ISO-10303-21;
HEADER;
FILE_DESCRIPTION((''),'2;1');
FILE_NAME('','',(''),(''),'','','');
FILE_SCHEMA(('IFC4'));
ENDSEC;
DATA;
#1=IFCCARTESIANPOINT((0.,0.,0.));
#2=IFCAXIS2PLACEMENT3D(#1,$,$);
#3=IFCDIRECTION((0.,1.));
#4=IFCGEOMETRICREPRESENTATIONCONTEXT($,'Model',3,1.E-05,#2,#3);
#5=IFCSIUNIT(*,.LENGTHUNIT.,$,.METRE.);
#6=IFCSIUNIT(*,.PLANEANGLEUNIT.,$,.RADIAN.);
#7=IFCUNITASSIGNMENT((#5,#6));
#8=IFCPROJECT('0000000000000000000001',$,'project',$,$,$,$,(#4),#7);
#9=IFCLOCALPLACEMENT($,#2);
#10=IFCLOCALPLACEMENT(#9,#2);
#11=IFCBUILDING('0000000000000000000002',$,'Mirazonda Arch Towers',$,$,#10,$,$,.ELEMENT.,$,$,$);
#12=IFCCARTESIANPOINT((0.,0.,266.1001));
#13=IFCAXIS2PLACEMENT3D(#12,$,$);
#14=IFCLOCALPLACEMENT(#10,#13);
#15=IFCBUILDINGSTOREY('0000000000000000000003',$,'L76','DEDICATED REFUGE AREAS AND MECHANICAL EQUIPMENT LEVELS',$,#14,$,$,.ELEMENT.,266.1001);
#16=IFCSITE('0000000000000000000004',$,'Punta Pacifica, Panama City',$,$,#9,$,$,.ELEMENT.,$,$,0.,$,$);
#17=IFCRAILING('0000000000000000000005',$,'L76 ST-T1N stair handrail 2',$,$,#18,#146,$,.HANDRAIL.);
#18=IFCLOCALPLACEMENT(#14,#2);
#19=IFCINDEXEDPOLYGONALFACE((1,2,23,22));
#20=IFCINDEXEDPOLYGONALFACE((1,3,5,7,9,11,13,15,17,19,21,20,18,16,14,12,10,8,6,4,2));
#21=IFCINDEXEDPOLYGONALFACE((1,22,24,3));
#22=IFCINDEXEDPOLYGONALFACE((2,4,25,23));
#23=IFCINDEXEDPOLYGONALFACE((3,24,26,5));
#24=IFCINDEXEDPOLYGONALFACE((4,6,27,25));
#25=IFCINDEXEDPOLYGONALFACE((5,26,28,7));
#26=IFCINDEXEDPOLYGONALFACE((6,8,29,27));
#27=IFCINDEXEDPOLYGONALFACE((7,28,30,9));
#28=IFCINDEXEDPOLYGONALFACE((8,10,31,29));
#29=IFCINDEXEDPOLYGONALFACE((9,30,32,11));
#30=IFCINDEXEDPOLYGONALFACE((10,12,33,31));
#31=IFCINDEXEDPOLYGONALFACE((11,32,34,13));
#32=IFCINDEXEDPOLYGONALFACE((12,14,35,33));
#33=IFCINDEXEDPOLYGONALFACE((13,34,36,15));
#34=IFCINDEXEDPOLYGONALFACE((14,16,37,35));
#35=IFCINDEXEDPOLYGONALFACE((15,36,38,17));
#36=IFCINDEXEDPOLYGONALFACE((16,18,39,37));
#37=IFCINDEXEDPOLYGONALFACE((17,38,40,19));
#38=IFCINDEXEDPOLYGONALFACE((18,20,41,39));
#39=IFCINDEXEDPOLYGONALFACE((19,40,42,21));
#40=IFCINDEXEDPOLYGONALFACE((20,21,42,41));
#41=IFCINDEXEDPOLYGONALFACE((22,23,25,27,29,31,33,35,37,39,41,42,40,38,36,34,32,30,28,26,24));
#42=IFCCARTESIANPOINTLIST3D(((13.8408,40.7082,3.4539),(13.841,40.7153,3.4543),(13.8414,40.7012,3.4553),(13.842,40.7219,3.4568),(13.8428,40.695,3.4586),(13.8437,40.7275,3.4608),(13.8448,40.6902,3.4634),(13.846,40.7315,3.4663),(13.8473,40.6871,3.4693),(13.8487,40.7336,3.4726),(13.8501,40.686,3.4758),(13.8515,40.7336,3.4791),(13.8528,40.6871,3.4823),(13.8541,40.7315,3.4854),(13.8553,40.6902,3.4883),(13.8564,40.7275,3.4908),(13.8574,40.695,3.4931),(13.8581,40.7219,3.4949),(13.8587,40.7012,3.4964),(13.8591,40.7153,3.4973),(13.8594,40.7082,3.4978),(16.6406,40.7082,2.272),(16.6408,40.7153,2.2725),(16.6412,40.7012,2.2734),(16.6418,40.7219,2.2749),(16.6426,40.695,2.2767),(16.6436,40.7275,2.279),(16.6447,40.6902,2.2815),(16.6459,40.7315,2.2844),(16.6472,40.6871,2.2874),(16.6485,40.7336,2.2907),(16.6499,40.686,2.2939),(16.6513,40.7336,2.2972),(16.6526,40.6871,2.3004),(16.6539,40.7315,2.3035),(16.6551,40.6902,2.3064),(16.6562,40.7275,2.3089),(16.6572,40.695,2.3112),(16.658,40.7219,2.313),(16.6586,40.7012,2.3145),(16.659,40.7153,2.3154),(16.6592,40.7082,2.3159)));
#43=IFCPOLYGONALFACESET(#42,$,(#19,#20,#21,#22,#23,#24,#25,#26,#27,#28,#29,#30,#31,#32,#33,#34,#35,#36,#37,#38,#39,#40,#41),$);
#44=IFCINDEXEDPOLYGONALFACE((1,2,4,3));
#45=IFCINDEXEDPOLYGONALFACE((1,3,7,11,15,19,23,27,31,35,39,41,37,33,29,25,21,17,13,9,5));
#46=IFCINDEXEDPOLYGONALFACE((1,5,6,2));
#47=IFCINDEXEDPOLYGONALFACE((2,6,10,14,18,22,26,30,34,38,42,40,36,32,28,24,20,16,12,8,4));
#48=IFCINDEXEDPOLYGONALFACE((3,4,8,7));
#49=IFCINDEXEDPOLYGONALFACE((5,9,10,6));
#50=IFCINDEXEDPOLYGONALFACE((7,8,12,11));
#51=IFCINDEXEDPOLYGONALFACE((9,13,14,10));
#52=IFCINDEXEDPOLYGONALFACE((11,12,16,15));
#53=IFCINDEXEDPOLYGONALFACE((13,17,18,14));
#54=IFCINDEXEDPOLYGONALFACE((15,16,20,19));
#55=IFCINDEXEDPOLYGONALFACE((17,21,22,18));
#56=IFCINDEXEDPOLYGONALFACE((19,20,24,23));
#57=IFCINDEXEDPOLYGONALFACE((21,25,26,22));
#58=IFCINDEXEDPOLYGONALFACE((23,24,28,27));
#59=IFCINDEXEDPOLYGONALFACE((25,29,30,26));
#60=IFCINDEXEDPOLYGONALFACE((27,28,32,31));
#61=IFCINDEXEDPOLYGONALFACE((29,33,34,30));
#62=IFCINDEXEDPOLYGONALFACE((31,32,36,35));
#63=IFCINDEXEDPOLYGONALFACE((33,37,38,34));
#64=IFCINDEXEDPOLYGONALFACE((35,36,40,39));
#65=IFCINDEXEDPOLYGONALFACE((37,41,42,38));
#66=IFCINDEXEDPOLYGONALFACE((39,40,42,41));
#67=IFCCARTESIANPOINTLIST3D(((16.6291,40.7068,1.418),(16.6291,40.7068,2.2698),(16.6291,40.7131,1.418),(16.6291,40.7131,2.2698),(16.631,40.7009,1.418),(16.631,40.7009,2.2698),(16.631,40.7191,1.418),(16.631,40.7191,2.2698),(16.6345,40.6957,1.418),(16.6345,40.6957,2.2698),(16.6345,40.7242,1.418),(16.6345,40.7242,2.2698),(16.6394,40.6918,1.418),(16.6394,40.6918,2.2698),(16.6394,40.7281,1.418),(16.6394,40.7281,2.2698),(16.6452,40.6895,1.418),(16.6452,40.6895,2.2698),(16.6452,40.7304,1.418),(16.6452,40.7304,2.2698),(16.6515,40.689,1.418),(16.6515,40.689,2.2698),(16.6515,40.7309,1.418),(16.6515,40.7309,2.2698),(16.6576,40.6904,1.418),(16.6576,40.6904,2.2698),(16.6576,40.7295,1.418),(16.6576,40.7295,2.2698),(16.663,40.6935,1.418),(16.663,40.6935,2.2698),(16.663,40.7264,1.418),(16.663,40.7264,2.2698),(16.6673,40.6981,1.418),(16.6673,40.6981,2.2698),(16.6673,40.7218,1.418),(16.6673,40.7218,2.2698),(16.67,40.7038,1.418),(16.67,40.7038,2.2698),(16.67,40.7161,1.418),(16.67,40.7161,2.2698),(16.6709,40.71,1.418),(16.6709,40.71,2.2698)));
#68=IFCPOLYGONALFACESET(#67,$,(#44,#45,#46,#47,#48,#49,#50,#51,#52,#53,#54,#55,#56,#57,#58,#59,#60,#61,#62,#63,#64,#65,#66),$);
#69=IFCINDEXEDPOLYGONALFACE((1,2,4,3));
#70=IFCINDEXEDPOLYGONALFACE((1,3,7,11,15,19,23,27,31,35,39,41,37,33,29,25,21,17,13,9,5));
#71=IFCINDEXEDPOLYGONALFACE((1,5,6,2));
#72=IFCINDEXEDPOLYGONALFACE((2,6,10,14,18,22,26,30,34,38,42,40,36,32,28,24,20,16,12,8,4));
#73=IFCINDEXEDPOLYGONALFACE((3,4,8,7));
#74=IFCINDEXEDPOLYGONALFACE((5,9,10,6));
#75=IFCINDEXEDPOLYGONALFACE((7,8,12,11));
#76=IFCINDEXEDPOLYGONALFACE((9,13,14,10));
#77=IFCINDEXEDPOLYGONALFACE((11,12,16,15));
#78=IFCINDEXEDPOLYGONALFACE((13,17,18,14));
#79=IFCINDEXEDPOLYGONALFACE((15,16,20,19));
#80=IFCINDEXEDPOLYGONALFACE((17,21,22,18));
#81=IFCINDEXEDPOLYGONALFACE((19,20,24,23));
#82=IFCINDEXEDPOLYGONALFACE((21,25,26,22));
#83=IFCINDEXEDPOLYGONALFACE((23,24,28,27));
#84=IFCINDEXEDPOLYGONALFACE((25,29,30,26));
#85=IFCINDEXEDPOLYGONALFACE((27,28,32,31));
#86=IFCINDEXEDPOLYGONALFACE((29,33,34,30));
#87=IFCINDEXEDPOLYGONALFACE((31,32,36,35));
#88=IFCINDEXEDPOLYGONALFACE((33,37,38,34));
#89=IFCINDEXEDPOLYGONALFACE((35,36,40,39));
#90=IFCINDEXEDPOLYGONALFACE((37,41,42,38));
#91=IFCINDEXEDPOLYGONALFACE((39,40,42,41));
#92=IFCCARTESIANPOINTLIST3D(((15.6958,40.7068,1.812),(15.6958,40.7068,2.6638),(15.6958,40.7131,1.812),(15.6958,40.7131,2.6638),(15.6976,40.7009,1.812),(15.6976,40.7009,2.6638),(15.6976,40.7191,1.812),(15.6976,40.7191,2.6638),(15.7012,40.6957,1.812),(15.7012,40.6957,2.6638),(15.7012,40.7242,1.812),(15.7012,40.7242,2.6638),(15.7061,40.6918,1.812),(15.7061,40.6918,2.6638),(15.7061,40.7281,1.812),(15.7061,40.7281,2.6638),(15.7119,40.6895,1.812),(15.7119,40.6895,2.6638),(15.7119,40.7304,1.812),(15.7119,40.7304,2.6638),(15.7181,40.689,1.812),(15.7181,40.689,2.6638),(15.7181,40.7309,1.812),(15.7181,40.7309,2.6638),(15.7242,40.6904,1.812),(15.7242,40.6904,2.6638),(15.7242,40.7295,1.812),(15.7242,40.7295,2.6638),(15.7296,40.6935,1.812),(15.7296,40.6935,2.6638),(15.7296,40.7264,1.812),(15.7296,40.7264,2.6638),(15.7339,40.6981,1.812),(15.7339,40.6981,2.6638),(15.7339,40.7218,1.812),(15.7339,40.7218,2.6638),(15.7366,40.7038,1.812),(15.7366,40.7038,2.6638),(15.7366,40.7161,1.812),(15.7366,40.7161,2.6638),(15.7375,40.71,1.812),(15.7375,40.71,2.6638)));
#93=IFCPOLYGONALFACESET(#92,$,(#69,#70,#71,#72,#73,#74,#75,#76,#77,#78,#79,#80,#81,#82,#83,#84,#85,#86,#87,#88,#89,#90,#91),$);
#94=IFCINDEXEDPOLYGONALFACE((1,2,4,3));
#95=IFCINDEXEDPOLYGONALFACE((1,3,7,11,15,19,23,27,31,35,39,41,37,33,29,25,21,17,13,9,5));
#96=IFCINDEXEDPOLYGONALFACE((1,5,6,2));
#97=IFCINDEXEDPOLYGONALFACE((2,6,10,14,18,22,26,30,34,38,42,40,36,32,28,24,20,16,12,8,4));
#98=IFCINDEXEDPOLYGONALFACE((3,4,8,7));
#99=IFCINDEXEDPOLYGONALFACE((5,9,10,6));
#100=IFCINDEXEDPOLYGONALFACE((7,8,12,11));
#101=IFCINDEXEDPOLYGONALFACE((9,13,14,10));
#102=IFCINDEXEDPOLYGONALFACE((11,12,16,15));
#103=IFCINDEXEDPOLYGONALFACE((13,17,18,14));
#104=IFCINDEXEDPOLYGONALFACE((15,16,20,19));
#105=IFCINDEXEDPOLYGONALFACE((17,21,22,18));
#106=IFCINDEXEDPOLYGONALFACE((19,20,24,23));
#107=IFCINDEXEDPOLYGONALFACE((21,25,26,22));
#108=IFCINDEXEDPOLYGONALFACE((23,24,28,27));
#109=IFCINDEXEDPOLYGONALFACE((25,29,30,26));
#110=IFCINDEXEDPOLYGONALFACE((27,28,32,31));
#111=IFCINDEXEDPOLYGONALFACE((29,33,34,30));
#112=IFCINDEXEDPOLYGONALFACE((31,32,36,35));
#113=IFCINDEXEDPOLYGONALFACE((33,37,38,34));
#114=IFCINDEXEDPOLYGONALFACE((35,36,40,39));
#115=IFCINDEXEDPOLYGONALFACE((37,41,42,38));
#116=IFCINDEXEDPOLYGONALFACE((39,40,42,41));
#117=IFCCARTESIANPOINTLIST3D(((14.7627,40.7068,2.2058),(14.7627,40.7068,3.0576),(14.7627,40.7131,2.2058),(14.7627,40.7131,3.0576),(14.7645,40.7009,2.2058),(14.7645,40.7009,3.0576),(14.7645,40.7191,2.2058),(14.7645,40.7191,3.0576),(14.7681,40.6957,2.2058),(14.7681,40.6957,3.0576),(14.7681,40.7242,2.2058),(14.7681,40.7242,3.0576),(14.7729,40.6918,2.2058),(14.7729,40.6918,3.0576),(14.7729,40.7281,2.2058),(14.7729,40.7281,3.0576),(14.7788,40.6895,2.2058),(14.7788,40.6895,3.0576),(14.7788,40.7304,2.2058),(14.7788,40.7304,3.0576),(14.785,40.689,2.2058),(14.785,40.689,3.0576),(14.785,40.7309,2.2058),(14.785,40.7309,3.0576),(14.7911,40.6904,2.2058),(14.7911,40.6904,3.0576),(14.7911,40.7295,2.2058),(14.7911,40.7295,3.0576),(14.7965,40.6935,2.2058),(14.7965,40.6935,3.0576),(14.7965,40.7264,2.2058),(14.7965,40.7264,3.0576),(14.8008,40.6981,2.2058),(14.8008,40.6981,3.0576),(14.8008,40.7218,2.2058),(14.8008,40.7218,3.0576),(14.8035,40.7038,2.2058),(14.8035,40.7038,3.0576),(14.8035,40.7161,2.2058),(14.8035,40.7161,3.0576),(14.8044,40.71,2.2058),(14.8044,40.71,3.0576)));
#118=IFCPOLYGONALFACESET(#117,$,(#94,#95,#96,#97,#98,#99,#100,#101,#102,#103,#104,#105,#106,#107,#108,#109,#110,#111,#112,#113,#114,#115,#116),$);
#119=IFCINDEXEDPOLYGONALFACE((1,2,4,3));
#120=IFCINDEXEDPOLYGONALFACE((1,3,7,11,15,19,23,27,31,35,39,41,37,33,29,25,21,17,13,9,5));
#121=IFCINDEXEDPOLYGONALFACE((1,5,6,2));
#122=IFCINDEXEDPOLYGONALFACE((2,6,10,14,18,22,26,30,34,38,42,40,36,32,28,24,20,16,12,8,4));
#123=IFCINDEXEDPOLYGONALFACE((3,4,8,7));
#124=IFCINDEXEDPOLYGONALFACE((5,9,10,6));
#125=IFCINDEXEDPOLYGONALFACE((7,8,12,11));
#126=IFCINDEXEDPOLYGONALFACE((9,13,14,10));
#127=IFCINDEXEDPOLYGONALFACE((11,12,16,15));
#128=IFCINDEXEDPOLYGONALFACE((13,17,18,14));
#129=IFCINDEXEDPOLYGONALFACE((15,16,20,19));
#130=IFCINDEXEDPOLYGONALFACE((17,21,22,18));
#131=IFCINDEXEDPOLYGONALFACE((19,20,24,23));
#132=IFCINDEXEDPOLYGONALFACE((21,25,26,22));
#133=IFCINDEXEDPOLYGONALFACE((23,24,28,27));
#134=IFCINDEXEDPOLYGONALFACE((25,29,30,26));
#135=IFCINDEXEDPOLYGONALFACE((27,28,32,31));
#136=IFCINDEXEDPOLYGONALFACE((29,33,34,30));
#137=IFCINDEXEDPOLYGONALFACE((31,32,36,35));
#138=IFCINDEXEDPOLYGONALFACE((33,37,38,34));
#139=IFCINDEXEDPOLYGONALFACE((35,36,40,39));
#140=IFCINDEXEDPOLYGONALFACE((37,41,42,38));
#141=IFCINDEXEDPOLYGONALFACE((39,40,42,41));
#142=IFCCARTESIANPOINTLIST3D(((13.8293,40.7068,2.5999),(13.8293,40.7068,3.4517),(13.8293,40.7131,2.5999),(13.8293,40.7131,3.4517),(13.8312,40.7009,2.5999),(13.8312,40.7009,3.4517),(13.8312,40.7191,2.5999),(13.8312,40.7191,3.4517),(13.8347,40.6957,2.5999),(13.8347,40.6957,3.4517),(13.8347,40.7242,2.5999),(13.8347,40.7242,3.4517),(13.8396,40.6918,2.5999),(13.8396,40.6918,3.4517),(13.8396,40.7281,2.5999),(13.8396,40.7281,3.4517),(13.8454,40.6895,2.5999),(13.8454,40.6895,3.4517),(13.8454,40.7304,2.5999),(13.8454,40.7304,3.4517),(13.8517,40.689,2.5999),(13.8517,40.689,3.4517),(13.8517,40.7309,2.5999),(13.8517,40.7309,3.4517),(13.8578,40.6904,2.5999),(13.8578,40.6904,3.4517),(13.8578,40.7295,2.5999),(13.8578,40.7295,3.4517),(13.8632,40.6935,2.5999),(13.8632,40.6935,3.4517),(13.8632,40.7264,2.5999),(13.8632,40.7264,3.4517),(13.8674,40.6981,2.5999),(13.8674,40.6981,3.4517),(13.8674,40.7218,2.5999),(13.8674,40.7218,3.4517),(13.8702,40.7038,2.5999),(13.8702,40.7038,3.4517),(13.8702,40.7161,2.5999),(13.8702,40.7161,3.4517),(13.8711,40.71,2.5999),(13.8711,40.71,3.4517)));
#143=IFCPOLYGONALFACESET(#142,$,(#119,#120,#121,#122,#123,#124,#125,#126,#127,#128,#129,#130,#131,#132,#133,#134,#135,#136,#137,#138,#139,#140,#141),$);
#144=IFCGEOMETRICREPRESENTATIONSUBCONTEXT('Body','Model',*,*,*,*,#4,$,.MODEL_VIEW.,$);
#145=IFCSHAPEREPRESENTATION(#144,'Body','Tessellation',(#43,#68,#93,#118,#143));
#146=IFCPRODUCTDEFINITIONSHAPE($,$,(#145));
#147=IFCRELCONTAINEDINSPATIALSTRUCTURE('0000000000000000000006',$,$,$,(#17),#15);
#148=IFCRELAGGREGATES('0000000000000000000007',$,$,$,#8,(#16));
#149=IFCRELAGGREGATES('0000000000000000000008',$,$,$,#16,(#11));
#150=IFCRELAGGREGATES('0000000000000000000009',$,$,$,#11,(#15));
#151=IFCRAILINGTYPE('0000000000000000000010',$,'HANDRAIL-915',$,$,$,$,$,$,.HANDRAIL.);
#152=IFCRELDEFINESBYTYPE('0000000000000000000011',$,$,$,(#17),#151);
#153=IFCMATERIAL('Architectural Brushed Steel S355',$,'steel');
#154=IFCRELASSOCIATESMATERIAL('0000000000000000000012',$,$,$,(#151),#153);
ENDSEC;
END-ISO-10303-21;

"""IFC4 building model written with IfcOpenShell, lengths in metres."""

from ifc_helpers import new_model, si_unit, direction, frame, origin, origin_2d, place, context, subcontext, project, spatial, circle, extrude, material, type_object, element, save


model = new_model("IFC4")

# Units and contexts
model_context = context("Model", 3, precision=1e-05, world=origin(), true_north=direction((0.0, 1.0)))
body_context = subcontext(model_context, "Body", "Model", "MODEL_VIEW")
ifc_project = project(units=[si_unit("LENGTHUNIT", "METRE"), si_unit("PLANEANGLEUNIT", "RADIAN")], contexts=[model_context])

# Site, building, storey
site_placement = place(None, origin())
site = spatial("IfcSite", under=ifc_project, at=site_placement, Name="Punta Pacifica, Panama City", CompositionType="ELEMENT", RefElevation=0.0)
building_placement = place(site_placement, origin())
building = spatial("IfcBuilding", under=site, at=building_placement, Name="Mirazonda Arch Towers", CompositionType="ELEMENT")
storey_placement = place(building_placement, frame((0.0, 0.0, 266.1001)))
storey = spatial("IfcBuildingStorey", under=building, at=storey_placement, Name="L76", Description="DEDICATED REFUGE AREAS AND MECHANICAL EQUIPMENT LEVELS", CompositionType="ELEMENT", Elevation=266.1001)

# Railing
ifc_material_1 = material(Name="Architectural Brushed Steel S355", Category="steel")
railing_type_1 = type_object("IfcRailingType", Name="HANDRAIL-915", PredefinedType="HANDRAIL", material=ifc_material_1)
railing_1_placement = place(storey_placement, frame((16.6499, 40.71, 1.418)))
element("IfcRailing", 1, at=railing_1_placement, inside=storey, type_object=railing_type_1, Name="L76 ST-T1N stair handrail 2", PredefinedType="HANDRAIL", context=body_context, shape_type="SweptSolid", body=[
    extrude(circle(Radius=0.0239, at=origin_2d()), frame((0.0, 0.0, 0.876), z_axis=(-0.92128, 0.0, 0.388901), x_axis=(0.0, -1.0, 0.0)), (0.0, 0.0, 1.0), 3.0391),
    extrude(circle(Radius=0.021, at=origin_2d()), origin(), (0.0, 0.0, 1.0), 0.8518),
    extrude(circle(Radius=0.021, at=origin_2d()), frame((-0.9333, 0.0, 0.394)), (0.0, 0.0, 1.0), 0.8518),
    extrude(circle(Radius=0.021, at=origin_2d()), frame((-1.8665, 0.0, 0.7878)), (0.0, 0.0, 1.0), 0.8518),
    extrude(circle(Radius=0.021, at=origin_2d()), frame((-2.7998, 0.0, 1.1819)), (0.0, 0.0, 1.0), 0.8518),
])

save(model, "model.ifc")
